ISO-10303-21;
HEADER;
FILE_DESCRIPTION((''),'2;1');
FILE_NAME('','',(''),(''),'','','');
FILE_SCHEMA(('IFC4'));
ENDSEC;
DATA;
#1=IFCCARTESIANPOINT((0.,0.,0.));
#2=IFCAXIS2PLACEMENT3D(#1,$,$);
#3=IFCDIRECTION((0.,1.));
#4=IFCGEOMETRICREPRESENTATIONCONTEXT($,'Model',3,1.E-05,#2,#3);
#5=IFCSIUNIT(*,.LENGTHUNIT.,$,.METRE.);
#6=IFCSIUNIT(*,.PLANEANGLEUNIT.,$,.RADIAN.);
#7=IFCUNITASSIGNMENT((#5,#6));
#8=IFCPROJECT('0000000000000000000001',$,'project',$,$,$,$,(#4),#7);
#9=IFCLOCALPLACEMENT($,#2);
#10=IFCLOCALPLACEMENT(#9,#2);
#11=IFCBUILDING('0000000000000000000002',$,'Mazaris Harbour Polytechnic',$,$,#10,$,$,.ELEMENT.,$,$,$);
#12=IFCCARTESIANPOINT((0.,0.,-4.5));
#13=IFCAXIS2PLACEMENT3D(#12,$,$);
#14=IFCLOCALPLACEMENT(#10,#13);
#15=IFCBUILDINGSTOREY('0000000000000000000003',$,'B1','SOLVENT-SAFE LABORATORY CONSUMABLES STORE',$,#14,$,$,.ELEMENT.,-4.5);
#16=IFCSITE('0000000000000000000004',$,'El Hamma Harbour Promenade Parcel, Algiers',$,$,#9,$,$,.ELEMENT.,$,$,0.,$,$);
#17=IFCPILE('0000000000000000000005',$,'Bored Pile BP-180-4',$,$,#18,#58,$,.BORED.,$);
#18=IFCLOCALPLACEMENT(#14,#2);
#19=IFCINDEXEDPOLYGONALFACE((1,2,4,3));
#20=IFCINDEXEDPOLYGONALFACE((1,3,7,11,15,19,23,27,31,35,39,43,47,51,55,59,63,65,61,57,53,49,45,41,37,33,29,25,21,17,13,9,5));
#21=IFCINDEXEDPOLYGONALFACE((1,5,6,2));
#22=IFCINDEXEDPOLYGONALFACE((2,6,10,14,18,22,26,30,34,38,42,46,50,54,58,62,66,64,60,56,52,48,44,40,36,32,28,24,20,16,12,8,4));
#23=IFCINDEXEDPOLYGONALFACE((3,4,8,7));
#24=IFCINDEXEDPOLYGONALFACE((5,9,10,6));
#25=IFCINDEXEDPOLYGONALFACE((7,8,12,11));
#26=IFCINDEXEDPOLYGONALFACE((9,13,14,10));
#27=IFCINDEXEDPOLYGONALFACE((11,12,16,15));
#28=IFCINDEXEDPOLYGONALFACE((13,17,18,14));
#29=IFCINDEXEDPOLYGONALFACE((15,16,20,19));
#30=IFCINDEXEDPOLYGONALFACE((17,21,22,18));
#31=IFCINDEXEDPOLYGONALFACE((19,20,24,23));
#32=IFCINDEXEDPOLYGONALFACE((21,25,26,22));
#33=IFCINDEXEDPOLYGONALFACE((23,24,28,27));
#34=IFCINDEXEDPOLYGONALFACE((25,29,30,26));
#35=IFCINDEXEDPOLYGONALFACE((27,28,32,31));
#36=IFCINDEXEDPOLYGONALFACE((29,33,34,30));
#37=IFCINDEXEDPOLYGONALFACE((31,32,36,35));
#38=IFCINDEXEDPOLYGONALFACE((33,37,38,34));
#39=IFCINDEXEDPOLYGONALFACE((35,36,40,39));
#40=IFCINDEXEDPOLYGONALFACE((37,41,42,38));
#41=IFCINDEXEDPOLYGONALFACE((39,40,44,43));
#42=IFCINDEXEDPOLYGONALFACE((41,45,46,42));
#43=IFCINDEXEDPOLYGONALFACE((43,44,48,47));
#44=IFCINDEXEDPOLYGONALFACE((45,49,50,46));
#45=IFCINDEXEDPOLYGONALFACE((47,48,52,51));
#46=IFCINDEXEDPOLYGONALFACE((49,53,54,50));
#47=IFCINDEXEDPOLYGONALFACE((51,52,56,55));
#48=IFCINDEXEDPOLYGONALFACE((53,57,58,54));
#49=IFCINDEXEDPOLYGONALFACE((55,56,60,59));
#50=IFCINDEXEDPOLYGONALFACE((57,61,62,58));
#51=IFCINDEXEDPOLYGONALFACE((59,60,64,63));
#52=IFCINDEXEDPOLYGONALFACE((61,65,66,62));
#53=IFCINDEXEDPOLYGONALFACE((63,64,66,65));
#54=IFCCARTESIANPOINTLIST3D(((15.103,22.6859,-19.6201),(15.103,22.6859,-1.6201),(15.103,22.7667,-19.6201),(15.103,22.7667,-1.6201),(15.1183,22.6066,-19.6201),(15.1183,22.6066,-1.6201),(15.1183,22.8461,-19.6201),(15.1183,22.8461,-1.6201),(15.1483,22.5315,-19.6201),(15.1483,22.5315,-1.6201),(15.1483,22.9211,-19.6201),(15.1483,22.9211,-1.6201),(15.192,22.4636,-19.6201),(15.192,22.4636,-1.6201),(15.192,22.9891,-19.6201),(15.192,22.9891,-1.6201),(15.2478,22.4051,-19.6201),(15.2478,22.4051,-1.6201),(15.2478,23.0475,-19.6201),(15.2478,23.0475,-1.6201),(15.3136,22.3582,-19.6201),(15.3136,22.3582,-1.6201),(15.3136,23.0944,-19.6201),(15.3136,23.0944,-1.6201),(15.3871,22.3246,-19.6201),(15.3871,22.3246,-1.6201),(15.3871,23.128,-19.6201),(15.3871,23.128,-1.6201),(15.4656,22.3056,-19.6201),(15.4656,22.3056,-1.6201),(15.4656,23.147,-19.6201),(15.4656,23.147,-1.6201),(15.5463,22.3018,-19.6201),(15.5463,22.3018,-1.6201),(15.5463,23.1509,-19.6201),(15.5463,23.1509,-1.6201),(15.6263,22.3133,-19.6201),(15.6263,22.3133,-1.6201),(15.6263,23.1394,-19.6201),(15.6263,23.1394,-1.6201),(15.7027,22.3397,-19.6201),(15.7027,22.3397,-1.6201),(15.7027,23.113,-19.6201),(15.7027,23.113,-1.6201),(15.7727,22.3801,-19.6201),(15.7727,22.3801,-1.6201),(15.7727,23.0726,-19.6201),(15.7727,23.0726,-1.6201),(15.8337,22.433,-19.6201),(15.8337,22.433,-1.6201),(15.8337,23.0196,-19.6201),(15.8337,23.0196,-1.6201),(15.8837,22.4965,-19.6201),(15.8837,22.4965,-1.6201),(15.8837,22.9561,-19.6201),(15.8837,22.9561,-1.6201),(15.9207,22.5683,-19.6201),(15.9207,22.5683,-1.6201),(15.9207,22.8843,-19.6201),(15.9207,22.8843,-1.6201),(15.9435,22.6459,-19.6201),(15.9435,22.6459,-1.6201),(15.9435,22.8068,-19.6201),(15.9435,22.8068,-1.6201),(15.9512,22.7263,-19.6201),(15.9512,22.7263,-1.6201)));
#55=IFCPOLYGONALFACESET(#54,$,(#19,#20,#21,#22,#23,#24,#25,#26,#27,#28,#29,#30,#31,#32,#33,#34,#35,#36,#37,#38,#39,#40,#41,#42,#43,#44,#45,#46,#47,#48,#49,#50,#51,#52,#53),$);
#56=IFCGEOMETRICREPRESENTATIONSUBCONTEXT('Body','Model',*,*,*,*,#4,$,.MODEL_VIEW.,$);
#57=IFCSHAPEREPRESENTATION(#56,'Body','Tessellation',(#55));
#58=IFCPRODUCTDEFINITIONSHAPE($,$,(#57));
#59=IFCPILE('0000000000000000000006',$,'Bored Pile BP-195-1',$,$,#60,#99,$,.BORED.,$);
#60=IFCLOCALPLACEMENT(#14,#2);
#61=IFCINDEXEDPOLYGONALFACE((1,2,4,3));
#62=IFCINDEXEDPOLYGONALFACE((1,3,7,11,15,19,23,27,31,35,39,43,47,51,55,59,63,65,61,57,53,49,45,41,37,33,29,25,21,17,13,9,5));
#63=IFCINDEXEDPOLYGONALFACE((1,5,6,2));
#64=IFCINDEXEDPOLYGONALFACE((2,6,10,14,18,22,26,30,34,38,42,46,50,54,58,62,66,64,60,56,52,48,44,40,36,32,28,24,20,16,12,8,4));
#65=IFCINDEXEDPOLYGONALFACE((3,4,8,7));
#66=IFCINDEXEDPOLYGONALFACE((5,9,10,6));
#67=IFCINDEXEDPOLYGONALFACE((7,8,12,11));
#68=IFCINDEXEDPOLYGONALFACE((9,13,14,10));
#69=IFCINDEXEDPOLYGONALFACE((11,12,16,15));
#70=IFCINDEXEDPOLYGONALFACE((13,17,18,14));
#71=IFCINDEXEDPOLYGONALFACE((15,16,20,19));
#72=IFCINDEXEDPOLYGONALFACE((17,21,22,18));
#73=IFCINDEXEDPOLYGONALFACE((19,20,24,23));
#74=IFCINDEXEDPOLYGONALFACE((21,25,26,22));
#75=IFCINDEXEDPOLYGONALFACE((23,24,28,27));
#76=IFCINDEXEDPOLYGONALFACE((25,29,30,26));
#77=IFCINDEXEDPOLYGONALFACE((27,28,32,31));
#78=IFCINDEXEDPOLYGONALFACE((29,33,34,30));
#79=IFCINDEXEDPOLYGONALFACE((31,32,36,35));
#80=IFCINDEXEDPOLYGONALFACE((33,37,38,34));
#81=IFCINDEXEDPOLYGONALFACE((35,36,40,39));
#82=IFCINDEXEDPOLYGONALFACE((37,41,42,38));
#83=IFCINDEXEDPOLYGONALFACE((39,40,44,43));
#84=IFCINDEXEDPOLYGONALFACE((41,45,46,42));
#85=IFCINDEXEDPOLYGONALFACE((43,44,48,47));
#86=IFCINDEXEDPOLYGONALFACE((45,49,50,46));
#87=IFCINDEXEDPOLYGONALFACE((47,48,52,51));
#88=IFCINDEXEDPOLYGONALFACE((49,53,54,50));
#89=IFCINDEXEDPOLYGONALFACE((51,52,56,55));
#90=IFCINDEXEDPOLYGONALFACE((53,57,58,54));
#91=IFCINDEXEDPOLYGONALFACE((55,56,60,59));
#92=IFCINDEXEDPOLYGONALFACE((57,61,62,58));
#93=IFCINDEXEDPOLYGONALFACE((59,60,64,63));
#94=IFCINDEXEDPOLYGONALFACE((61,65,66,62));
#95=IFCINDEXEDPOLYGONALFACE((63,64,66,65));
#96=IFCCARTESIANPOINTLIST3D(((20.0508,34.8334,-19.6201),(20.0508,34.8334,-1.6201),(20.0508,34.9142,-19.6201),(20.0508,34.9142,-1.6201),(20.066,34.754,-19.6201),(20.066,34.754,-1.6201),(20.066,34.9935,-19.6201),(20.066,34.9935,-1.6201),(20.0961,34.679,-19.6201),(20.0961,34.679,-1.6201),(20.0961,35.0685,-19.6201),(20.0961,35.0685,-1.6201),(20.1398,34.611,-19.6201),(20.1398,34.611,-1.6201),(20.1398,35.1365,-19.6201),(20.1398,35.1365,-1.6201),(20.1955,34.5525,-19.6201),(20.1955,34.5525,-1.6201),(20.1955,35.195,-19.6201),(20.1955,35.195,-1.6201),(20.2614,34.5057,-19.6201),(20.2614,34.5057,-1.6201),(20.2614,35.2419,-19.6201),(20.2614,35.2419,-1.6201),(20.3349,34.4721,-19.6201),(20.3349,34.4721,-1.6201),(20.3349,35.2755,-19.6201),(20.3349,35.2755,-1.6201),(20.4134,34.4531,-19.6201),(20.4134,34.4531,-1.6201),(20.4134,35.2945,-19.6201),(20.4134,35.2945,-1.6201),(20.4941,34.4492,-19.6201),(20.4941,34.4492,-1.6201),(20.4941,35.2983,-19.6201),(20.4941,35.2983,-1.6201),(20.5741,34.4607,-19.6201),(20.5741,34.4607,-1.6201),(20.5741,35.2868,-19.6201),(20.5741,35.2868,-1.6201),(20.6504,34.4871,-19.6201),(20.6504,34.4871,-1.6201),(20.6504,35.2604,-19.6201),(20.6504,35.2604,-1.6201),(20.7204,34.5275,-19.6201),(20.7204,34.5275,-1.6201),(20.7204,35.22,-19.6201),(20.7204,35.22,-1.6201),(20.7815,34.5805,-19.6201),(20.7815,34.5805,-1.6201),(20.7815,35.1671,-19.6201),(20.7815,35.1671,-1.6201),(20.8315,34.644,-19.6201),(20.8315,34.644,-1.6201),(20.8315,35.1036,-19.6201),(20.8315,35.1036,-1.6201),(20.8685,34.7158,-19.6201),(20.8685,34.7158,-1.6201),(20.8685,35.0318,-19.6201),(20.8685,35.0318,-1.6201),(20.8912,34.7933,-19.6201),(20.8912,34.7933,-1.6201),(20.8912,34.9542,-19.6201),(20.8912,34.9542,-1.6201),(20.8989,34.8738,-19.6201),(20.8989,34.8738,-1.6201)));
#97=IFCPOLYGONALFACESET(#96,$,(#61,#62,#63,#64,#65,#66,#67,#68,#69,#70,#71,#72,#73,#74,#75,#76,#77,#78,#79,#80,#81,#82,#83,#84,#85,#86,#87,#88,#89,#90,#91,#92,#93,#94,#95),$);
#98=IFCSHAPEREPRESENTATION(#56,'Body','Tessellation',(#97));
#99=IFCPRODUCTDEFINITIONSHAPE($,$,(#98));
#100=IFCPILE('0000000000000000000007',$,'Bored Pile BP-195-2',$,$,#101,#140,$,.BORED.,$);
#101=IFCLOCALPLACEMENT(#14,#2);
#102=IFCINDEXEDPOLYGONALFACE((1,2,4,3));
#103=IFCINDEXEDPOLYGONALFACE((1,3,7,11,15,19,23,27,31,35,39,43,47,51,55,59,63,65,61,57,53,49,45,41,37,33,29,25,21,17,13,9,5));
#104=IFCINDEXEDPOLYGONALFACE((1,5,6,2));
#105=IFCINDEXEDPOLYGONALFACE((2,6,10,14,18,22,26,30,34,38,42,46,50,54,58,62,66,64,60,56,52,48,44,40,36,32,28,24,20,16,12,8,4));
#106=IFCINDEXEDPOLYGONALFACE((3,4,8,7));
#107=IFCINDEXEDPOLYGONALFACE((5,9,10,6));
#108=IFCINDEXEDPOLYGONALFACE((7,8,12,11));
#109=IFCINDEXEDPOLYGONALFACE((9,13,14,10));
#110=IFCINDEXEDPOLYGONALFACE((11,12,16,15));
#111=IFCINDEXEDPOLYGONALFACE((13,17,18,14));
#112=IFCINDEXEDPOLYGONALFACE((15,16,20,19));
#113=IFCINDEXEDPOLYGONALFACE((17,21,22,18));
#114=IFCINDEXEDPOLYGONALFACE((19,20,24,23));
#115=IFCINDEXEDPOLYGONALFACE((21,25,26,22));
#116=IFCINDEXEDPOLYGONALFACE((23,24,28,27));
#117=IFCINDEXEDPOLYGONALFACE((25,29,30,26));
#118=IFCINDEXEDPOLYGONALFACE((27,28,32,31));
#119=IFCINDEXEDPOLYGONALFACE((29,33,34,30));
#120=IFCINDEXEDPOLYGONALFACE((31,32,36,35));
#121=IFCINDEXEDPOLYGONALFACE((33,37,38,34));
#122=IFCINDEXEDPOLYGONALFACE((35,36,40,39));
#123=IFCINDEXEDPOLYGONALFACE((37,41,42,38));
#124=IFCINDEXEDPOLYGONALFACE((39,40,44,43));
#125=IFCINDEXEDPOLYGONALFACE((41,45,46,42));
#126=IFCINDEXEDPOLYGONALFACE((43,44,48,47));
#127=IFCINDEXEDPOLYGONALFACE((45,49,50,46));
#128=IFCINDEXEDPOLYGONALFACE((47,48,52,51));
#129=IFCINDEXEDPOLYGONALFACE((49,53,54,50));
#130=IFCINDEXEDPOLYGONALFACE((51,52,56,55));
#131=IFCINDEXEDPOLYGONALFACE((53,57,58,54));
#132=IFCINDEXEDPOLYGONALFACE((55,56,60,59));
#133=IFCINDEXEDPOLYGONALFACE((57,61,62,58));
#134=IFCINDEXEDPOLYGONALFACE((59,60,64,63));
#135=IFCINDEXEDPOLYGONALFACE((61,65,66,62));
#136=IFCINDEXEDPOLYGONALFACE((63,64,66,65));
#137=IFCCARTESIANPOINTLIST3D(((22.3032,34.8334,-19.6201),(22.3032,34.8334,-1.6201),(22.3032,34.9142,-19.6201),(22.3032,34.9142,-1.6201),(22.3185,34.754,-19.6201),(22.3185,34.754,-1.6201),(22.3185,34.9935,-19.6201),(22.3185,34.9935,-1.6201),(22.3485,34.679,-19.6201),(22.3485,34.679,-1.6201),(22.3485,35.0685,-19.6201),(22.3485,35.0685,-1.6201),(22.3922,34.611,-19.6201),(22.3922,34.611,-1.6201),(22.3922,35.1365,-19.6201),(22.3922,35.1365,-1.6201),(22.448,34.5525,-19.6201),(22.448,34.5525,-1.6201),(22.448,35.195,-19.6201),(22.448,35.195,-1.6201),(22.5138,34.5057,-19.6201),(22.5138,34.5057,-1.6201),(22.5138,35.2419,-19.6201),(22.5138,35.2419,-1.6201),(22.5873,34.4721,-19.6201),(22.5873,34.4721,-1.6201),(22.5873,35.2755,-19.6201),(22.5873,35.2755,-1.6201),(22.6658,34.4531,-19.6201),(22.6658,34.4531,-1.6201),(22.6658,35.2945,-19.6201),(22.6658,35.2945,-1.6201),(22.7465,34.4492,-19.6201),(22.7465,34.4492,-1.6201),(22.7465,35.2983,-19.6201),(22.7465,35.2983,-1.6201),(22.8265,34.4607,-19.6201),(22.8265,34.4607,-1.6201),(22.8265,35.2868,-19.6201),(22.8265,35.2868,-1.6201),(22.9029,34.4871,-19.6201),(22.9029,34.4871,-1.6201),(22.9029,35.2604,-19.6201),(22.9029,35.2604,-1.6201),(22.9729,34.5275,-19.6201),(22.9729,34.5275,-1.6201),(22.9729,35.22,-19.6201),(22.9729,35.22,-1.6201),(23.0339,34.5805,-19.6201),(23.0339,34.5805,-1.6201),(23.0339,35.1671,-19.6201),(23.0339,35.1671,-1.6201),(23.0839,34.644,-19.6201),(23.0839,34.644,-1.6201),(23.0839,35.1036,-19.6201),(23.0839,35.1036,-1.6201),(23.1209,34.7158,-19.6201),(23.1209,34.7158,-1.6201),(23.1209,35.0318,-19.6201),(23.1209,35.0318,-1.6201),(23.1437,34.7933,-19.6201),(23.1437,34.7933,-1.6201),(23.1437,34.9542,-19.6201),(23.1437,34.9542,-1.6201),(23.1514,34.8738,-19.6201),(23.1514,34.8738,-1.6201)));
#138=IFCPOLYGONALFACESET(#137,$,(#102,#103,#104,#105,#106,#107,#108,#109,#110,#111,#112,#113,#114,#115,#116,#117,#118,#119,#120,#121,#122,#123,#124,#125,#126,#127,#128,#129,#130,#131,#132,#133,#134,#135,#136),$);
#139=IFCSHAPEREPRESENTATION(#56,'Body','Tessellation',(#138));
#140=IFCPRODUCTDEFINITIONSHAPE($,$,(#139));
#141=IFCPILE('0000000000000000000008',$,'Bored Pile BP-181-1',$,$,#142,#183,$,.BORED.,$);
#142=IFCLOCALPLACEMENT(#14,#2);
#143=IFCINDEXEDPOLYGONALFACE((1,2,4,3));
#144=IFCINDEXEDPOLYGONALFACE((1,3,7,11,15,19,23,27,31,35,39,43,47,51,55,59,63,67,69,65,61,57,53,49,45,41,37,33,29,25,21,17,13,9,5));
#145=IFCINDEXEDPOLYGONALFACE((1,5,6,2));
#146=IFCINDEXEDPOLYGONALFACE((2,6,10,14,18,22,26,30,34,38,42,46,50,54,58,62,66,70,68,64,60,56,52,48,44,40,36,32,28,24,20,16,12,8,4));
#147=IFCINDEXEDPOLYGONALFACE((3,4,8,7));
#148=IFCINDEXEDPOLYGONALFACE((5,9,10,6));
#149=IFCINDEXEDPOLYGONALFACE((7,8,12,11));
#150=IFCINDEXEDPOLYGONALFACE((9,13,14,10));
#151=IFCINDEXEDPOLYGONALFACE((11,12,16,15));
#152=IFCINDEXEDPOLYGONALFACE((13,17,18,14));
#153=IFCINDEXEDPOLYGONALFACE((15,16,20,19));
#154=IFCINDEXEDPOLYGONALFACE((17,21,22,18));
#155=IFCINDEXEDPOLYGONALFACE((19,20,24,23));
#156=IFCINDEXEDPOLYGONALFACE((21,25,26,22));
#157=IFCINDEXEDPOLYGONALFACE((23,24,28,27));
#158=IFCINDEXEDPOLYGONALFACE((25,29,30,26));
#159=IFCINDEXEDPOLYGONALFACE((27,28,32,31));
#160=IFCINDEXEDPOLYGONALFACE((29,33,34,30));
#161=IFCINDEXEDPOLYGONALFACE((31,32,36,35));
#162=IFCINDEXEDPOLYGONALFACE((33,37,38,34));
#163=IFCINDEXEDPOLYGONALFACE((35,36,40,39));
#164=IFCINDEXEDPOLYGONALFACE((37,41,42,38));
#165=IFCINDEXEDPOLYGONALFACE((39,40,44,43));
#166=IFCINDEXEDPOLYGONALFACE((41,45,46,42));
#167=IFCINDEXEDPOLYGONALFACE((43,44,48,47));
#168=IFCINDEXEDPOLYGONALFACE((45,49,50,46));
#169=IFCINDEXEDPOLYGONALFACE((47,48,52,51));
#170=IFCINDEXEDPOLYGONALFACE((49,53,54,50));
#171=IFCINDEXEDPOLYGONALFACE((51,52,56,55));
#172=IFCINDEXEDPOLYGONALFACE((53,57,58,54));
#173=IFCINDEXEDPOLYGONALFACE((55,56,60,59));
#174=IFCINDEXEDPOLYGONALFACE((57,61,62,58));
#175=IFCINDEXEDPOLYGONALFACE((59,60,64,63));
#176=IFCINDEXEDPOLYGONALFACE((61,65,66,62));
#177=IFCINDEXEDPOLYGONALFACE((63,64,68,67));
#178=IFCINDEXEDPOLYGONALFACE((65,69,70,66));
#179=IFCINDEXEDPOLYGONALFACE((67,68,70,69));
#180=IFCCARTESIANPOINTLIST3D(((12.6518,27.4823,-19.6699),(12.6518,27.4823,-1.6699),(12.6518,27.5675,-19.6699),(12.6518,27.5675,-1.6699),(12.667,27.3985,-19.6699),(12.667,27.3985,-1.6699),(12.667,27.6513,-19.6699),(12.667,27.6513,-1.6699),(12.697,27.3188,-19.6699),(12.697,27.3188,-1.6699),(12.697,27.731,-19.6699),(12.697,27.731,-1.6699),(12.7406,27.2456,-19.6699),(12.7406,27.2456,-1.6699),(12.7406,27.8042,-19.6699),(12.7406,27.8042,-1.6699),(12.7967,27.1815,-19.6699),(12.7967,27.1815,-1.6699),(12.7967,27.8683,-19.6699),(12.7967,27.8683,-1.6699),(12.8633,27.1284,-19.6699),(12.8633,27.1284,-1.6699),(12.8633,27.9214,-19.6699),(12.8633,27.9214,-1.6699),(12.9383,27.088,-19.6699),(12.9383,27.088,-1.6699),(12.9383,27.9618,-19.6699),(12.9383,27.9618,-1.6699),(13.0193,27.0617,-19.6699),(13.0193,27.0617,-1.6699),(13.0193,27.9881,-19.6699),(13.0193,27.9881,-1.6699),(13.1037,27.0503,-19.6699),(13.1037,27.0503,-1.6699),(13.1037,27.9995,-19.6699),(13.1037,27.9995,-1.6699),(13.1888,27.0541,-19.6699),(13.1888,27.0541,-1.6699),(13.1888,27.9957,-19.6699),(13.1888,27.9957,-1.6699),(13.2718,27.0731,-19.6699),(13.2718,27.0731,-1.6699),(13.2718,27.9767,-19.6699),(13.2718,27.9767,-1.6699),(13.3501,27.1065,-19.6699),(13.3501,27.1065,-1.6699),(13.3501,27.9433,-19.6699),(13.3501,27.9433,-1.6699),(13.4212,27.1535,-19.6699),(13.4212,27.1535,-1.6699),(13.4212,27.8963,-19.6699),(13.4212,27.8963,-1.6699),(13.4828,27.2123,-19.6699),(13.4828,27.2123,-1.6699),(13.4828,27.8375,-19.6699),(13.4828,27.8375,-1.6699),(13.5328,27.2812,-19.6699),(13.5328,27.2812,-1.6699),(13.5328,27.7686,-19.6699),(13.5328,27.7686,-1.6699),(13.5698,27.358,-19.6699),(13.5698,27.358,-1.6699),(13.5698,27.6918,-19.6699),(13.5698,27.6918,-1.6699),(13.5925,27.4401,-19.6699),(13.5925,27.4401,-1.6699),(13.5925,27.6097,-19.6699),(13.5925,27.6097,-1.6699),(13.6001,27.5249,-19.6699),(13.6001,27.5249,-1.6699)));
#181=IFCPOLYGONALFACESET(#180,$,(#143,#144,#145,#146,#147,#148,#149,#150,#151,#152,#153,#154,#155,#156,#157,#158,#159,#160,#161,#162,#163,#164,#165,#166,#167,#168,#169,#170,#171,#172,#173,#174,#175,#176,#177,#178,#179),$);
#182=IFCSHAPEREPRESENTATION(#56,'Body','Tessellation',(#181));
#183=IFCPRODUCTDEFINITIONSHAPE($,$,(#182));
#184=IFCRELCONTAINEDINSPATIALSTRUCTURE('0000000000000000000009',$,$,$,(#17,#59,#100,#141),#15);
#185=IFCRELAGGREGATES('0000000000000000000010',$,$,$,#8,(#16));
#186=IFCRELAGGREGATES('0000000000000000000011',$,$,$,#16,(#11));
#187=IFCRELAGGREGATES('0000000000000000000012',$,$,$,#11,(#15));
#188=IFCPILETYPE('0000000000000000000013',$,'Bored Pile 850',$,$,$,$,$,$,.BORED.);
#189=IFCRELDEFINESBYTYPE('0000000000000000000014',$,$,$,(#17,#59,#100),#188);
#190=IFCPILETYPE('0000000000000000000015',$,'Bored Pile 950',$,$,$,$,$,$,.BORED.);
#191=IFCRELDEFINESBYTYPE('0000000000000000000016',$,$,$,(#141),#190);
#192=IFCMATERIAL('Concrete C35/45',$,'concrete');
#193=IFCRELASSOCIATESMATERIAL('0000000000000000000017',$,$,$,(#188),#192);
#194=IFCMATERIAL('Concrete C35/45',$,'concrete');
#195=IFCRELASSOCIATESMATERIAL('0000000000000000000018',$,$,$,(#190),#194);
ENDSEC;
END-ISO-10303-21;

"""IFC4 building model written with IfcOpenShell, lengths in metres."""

from ifc_helpers import new_model, si_unit, direction, frame, origin, origin_2d, place, context, subcontext, project, spatial, circle, extrude, material, material_profile, profile_set, type_object, element, save


model = new_model("IFC4")

# Units and contexts
model_context = context("Model", 3, precision=1e-05, world=origin(), true_north=direction((0.0, 1.0)))
body_context = subcontext(model_context, "Body", "Model", "MODEL_VIEW")
ifc_project = project(units=[si_unit("LENGTHUNIT", "METRE"), si_unit("PLANEANGLEUNIT", "RADIAN")], contexts=[model_context])

# Site, building, storey
site_placement = place(None, origin())
site = spatial("IfcSite", under=ifc_project, at=site_placement, Name="El Hamma Harbour Promenade Parcel, Algiers", CompositionType="ELEMENT", RefElevation=0.0)
building_placement = place(site_placement, origin())
building = spatial("IfcBuilding", under=site, at=building_placement, Name="Mazaris Harbour Polytechnic", CompositionType="ELEMENT")
storey_placement = place(building_placement, frame((0.0, 0.0, -4.5)))
storey = spatial("IfcBuildingStorey", under=building, at=storey_placement, Name="B1", Description="SOLVENT-SAFE LABORATORY CONSUMABLES STORE", CompositionType="ELEMENT", Elevation=-4.5)

# Piles
ifc_material_1 = material(Name="Concrete C35/45", Category="concrete")
ifc_material_profile_1 = material_profile(ifc_material_1, circle(Radius=0.425, at=origin_2d()), Name="DIA850")
ifc_profile_set_1 = profile_set([ifc_material_profile_1], Name="Concrete C35/45")
pile_type_1 = type_object("IfcPileType", Name="Bored Pile 850", PredefinedType="BORED", material=ifc_profile_set_1)
for number, where, z_axis, x_axis, name in (
    (1, (15.5261, 22.7263, -1.6201), (0.0, 0.0, -1.0), (1.0, 0.0, 0.0), "Bored Pile BP-180-4"),
    (2, (20.4739, 34.8738, -1.6201), (0.0, 0.0, -1.0), (1.0, 0.0, 0.0), "Bored Pile BP-195-1"),
    (3, (22.7263, 34.8738, -1.6201), (0.0, 0.0, -1.0), (1.0, 0.0, 0.0), "Bored Pile BP-195-2"),
):
    element("IfcPile", number, at=place(storey_placement, frame(where, z_axis=z_axis, x_axis=x_axis)), inside=storey, type_object=pile_type_1, Name=name, PredefinedType="BORED", context=body_context, shape_type="SweptSolid", body=[
        extrude(circle(Radius=0.425, at=origin_2d()), origin(), (0.0, 0.0, 1.0), 18.0),
    ])
ifc_material_2 = material(Name="Concrete C35/45", Category="concrete")
ifc_material_profile_2 = material_profile(ifc_material_2, circle(Radius=0.4751, at=origin_2d()), Name="DIA950")
ifc_profile_set_2 = profile_set([ifc_material_profile_2], Name="Concrete C35/45")
pile_type_2 = type_object("IfcPileType", Name="Bored Pile 950", PredefinedType="BORED", material=ifc_profile_set_2)
for number, where, z_axis, x_axis, name in (
    (4, (13.125, 27.5249, -1.6699), (0.0, 0.0, -1.0), (1.0, 0.0, 0.0), "Bored Pile BP-181-1"),
):
    element("IfcPile", number, at=place(storey_placement, frame(where, z_axis=z_axis, x_axis=x_axis)), inside=storey, type_object=pile_type_2, Name=name, PredefinedType="BORED", context=body_context, shape_type="SweptSolid", body=[
        extrude(circle(Radius=0.4751, at=origin_2d()), origin(), (0.0, 0.0, 1.0), 18.0),
    ])

save(model, "model.ifc")
